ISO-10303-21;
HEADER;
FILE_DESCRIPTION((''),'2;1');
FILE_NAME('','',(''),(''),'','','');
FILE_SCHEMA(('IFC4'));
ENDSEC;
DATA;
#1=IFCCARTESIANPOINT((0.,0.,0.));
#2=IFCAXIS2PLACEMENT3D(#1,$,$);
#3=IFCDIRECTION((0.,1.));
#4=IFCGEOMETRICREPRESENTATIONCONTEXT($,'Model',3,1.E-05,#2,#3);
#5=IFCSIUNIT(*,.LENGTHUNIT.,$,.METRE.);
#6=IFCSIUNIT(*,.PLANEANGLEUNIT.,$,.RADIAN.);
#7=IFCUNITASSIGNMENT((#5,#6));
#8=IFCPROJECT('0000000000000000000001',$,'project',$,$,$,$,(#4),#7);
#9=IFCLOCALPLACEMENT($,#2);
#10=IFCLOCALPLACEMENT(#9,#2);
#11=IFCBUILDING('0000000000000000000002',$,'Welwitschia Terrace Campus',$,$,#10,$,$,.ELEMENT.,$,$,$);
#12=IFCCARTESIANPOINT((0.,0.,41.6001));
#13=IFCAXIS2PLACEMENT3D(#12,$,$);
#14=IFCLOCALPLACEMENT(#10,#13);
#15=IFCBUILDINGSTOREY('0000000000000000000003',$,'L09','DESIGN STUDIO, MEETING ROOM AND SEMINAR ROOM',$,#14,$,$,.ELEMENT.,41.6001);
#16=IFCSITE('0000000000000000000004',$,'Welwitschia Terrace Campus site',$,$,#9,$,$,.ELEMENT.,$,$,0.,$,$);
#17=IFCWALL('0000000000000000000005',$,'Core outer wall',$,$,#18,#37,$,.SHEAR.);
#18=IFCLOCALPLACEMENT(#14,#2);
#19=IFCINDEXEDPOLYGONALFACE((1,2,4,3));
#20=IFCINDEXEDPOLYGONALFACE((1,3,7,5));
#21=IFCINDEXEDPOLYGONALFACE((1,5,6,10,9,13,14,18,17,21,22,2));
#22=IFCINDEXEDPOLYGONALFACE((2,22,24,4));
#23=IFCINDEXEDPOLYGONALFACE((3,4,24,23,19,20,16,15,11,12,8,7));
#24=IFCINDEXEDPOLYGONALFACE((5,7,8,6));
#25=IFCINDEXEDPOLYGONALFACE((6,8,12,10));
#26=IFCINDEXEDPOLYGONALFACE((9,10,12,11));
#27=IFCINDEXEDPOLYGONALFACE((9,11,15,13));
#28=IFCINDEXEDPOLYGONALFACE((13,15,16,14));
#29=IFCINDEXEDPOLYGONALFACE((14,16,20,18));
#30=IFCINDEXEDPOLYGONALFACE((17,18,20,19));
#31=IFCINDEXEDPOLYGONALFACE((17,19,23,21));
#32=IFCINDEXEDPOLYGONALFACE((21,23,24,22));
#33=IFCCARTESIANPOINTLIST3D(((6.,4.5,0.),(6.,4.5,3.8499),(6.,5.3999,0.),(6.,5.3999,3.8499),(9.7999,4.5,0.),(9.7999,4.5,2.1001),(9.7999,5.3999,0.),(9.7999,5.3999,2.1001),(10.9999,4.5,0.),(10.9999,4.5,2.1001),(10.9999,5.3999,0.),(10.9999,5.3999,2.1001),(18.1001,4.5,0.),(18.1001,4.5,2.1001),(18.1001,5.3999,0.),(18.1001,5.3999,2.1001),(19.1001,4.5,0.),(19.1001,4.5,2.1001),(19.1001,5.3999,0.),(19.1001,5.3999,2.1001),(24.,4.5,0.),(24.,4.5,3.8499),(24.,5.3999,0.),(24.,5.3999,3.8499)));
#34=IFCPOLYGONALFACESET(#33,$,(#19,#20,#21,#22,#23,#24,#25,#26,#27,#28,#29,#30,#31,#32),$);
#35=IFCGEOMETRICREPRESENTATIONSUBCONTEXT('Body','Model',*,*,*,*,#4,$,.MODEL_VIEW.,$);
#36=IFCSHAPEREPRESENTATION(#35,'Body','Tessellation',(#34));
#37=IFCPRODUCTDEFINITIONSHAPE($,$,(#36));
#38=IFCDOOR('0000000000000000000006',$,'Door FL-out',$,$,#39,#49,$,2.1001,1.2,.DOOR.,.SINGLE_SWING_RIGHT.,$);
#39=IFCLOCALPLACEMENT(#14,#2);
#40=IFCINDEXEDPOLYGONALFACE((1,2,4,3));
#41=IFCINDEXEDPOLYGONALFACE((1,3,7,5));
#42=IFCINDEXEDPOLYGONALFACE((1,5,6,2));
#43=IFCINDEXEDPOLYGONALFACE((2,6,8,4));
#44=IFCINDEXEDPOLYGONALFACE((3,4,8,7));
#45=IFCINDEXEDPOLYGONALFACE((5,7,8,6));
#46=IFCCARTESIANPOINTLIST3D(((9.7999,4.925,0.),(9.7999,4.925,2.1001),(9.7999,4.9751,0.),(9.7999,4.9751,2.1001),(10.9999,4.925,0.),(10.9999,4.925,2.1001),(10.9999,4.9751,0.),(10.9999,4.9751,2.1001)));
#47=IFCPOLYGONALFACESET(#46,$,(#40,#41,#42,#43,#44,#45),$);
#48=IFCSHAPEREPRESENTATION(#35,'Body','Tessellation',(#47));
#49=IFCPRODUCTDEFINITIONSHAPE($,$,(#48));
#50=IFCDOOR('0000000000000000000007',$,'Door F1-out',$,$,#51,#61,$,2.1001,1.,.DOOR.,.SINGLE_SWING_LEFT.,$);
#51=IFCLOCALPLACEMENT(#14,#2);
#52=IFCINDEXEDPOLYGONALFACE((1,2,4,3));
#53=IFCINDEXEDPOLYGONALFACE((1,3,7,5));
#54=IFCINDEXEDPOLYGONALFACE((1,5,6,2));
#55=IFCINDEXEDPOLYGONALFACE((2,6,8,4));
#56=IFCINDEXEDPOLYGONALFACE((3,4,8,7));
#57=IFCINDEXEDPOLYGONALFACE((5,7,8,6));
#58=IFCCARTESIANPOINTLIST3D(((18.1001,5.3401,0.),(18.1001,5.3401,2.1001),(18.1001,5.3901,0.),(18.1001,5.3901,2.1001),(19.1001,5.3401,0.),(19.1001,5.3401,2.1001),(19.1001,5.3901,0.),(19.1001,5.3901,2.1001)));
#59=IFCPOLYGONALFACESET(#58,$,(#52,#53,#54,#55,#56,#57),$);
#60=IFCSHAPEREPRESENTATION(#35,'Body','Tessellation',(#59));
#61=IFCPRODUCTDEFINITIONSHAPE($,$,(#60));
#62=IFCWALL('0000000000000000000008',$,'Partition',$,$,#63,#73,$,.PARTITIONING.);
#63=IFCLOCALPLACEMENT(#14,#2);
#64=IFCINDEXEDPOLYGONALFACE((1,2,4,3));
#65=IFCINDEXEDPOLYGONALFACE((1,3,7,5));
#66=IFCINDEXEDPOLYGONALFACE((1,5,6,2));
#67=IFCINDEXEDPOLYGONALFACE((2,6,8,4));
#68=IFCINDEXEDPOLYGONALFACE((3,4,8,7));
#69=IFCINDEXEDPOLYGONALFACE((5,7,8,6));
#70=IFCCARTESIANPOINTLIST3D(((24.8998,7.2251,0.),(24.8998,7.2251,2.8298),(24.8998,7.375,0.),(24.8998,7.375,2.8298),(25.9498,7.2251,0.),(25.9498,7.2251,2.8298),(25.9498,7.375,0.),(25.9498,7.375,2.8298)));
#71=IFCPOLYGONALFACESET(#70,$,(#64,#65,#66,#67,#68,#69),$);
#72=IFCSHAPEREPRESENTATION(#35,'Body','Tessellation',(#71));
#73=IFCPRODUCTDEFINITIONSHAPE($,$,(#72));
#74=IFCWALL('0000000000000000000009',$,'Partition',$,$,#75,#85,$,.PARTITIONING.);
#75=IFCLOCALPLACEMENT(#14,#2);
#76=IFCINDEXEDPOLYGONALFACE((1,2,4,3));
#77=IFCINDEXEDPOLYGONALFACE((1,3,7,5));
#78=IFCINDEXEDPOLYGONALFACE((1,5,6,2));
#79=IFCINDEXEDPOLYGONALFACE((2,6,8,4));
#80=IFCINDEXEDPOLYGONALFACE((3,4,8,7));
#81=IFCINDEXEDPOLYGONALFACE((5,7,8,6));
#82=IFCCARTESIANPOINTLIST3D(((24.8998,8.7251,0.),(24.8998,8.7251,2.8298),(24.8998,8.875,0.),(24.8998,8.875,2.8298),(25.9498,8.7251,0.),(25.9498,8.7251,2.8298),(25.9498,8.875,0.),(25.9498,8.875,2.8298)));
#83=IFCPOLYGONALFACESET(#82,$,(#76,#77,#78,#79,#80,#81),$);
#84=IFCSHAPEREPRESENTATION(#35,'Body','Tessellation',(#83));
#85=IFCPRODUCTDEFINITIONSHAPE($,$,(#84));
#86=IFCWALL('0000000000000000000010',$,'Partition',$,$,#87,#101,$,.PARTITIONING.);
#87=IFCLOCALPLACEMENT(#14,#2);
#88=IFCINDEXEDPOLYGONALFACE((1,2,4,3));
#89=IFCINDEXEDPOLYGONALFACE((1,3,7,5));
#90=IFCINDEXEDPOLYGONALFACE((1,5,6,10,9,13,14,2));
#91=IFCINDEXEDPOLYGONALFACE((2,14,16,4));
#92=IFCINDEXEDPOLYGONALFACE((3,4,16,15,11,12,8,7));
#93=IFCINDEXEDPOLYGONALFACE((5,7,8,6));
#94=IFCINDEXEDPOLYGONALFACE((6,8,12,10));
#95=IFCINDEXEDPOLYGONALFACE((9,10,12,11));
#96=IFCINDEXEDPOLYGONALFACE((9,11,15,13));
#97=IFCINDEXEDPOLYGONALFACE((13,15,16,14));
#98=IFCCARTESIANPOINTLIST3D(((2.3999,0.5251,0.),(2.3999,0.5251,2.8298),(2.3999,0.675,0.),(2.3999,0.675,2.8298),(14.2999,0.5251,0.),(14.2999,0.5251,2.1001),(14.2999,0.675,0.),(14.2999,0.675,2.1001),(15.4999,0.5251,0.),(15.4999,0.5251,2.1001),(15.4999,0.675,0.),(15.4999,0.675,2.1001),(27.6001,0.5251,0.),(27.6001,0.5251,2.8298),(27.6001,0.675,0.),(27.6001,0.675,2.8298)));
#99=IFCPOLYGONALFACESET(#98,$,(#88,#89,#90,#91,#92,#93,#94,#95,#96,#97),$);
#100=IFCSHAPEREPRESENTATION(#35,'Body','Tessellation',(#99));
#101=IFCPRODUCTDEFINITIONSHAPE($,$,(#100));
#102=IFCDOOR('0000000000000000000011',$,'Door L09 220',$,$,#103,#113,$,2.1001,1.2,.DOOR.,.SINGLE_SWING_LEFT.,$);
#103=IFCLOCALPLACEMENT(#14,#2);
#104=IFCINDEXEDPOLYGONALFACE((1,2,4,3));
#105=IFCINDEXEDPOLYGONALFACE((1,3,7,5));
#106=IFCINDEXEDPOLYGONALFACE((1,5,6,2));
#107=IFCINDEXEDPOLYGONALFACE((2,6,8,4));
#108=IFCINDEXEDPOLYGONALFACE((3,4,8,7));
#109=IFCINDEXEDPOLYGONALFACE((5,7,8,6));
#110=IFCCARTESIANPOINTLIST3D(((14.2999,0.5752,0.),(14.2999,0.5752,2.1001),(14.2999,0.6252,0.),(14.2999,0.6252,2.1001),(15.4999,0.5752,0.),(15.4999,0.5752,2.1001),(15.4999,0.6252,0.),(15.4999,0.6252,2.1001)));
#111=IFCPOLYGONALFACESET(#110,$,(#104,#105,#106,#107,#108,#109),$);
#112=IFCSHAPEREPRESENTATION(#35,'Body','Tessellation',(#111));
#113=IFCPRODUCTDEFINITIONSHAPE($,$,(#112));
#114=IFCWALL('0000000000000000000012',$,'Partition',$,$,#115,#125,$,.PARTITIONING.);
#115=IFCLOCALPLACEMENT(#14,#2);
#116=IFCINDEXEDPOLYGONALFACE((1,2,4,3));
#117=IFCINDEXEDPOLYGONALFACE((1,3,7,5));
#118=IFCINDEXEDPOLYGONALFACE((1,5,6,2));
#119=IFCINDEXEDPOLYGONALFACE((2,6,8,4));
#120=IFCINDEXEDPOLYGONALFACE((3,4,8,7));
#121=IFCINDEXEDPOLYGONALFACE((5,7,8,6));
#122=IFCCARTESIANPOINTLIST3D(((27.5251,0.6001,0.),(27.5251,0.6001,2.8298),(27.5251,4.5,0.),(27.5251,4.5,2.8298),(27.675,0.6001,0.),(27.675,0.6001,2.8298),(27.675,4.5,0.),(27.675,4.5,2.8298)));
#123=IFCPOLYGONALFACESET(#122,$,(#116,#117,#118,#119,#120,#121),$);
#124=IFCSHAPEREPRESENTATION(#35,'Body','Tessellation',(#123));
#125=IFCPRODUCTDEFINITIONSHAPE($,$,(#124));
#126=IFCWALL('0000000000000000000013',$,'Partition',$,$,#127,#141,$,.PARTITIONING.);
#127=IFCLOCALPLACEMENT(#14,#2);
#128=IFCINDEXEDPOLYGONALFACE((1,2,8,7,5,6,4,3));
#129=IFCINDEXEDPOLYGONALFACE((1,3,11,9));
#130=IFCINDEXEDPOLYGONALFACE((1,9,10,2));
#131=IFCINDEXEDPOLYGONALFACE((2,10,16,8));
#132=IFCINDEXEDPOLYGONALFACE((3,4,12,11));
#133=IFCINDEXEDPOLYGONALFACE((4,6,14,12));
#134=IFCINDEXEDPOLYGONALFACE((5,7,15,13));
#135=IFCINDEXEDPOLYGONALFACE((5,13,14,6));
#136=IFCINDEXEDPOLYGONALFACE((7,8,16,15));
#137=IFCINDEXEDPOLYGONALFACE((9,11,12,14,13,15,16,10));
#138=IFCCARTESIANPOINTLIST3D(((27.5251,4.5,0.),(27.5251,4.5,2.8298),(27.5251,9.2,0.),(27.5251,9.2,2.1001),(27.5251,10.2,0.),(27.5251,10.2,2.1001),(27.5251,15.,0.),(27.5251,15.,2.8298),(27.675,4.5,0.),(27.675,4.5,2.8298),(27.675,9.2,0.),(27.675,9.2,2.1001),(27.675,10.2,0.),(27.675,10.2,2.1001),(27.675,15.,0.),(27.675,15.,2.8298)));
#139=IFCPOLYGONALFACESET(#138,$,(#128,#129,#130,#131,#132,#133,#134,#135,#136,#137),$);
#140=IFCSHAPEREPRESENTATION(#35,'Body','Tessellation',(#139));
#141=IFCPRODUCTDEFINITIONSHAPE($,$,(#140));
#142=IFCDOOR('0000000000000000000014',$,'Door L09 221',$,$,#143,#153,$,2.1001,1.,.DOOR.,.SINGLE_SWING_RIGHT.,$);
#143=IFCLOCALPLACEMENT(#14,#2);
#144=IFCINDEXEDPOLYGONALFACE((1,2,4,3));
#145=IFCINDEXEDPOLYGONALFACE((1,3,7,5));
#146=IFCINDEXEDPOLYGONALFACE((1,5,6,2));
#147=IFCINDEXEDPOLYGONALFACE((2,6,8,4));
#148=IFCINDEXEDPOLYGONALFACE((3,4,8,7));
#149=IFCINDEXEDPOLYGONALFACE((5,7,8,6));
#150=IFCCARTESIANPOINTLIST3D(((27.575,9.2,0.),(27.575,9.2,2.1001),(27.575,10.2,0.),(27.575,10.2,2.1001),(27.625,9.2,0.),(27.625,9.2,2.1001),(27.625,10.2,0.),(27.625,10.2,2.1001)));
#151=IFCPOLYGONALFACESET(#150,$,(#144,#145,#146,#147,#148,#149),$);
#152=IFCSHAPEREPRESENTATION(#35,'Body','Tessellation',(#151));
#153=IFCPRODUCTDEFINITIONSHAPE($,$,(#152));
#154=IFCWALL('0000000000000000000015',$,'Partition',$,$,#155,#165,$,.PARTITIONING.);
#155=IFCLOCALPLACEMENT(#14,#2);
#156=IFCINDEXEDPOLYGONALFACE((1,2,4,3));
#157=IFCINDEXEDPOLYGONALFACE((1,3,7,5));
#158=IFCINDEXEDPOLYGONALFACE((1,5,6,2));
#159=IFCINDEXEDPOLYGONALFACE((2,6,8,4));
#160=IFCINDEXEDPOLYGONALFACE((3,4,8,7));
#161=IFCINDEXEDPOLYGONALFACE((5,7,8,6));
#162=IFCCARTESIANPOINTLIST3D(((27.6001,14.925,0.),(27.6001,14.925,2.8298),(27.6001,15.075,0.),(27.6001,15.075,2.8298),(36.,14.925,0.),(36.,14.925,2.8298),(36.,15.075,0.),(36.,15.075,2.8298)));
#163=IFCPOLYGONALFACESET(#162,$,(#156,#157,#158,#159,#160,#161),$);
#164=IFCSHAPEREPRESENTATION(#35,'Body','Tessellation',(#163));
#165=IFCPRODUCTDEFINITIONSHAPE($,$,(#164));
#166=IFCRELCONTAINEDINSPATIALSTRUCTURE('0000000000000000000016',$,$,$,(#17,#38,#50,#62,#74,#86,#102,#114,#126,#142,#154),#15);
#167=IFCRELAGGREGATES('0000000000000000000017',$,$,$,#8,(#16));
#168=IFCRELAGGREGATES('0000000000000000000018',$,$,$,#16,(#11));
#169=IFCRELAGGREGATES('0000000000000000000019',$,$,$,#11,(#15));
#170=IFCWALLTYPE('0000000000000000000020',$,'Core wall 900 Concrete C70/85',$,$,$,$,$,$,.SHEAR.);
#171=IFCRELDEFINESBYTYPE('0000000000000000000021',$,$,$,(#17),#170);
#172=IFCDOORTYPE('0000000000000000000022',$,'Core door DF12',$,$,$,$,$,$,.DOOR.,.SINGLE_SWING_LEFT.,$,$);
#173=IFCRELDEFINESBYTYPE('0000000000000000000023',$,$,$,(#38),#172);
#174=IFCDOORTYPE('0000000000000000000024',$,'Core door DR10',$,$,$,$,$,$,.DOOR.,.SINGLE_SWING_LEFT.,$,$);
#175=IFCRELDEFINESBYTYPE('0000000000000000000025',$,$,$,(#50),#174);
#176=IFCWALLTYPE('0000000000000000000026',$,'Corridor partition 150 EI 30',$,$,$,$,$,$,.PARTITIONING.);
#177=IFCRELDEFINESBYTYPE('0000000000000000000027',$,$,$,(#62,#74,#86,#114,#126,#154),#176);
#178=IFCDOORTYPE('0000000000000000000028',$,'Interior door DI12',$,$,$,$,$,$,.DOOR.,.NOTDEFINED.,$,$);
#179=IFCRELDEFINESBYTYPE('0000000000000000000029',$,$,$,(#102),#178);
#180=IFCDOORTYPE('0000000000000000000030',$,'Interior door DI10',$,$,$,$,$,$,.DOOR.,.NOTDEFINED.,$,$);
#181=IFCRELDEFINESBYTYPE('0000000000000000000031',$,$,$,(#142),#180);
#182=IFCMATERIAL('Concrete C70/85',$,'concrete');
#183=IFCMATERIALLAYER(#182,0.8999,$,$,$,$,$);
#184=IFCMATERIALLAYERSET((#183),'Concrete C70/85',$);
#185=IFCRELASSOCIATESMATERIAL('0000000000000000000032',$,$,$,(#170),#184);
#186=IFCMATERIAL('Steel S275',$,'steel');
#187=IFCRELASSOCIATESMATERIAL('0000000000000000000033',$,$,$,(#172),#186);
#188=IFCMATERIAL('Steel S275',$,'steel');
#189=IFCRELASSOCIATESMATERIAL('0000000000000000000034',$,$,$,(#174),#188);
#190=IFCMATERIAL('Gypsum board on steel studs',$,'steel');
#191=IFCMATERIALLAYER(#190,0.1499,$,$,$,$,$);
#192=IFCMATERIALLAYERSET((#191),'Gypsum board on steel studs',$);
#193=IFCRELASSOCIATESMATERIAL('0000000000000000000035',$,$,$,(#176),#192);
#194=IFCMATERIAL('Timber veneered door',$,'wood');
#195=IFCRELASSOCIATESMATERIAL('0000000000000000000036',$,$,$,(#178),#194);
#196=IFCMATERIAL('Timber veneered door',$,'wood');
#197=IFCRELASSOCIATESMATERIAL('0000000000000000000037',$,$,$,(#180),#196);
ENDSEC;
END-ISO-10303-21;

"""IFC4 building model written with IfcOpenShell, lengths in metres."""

from ifc_helpers import new_model, si_unit, direction, frame, frame_2d, origin, place, context, subcontext, project, spatial, rectangle, extrude, material, layer, layer_set, type_object, element, fill, save


model = new_model("IFC4")

# Units and contexts
model_context = context("Model", 3, precision=1e-05, world=origin(), true_north=direction((0.0, 1.0)))
body_context = subcontext(model_context, "Body", "Model", "MODEL_VIEW")
ifc_project = project(units=[si_unit("LENGTHUNIT", "METRE"), si_unit("PLANEANGLEUNIT", "RADIAN")], contexts=[model_context])

# Site, building, storey
site_placement = place(None, origin())
site = spatial("IfcSite", under=ifc_project, at=site_placement, Name="Welwitschia Terrace Campus site", CompositionType="ELEMENT", RefElevation=0.0)
building_placement = place(site_placement, origin())
building = spatial("IfcBuilding", under=site, at=building_placement, Name="Welwitschia Terrace Campus", CompositionType="ELEMENT")
storey_placement = place(building_placement, frame((0.0, 0.0, 41.6001)))
storey = spatial("IfcBuildingStorey", under=building, at=storey_placement, Name="L09", Description="DESIGN STUDIO, MEETING ROOM AND SEMINAR ROOM", CompositionType="ELEMENT", Elevation=41.6001)

# Wall, openings, doors
ifc_material_1 = material(Name="Concrete C70/85", Category="concrete")
ifc_layer_1 = layer(ifc_material_1, 0.8999)
ifc_layer_set_1 = layer_set([ifc_layer_1], Name="Concrete C70/85")
wall_type_1 = type_object("IfcWallType", Name="Core wall 900 Concrete C70/85", PredefinedType="SHEAR", material=ifc_layer_set_1)
wall_1_placement = place(storey_placement, frame((24.0, 4.95, 0.0), z_axis=(0.0, 0.0, 1.0), x_axis=(-1.0, 0.0, 0.0)))
wall_1 = element("IfcWall", 1, at=wall_1_placement, inside=storey, type_object=wall_type_1, Name="Core outer wall", PredefinedType="SHEAR", context=body_context, shape_type="SweptSolid", body=[
    extrude(rectangle(XDim=18.0, YDim=0.8999, at=frame_2d((9.0, 0.0))), origin(), (0.0, 0.0, 1.0), 3.8499),
])
opening_1_placement = place(wall_1_placement, frame((13.0, 0.0, 0.0)))
opening_1 = element("IfcOpeningElement", 2, at=opening_1_placement, cuts=wall_1, PredefinedType="OPENING", context=body_context, shape_type="SweptSolid", body=[
    extrude(rectangle(XDim=1.2, YDim=2.1001, at=frame_2d((0.6001, 1.05))), frame((0.0, 0.46, 0.0), z_axis=(0.0, -1.0, 0.0), x_axis=(1.0, 0.0, 0.0)), (0.0, 0.0, 1.0), 0.9199),
])
opening_2_placement = place(wall_1_placement, frame((4.8999, 0.0, 0.0)))
opening_2 = element("IfcOpeningElement", 3, at=opening_2_placement, cuts=wall_1, PredefinedType="OPENING", context=body_context, shape_type="SweptSolid", body=[
    extrude(rectangle(XDim=1.0, YDim=2.1001, at=frame_2d((0.5, 1.05))), frame((0.0, 0.46, 0.0), z_axis=(0.0, -1.0, 0.0), x_axis=(1.0, 0.0, 0.0)), (0.0, 0.0, 1.0), 0.9199),
])
ifc_material_2 = material(Name="Steel S275", Category="steel")
door_type_1 = type_object("IfcDoorType", Name="Core door DF12", OperationType="SINGLE_SWING_LEFT", PredefinedType="DOOR", material=ifc_material_2)
door_1_placement = place(opening_1_placement, origin())
door_1 = element("IfcDoor", 4, at=door_1_placement, inside=storey, type_object=door_type_1, Name="Door FL-out", OperationType="SINGLE_SWING_RIGHT", OverallHeight=2.1001, OverallWidth=1.2, PredefinedType="DOOR", context=body_context, shape_type="SweptSolid", body=[
    extrude(rectangle(XDim=1.2, YDim=2.1001, at=frame_2d((0.6001, 1.05))), frame((0.0, 0.0249, 0.0), z_axis=(0.0, -1.0, 0.0), x_axis=(1.0, 0.0, 0.0)), (0.0, 0.0, 1.0), 0.05),
])
fill(opening_1, door_1)
ifc_material_3 = material(Name="Steel S275", Category="steel")
door_type_2 = type_object("IfcDoorType", Name="Core door DR10", OperationType="SINGLE_SWING_LEFT", PredefinedType="DOOR", material=ifc_material_3)
door_2_placement = place(opening_2_placement, origin())
door_2 = element("IfcDoor", 5, at=door_2_placement, inside=storey, type_object=door_type_2, Name="Door F1-out", OperationType="SINGLE_SWING_LEFT", OverallHeight=2.1001, OverallWidth=1.0, PredefinedType="DOOR", context=body_context, shape_type="SweptSolid", body=[
    extrude(rectangle(XDim=1.0, YDim=2.1001, at=frame_2d((0.5, 1.05))), frame((0.0, -0.3901, 0.0), z_axis=(0.0, -1.0, 0.0), x_axis=(1.0, 0.0, 0.0)), (0.0, 0.0, 1.0), 0.05),
])
fill(opening_2, door_2)

# Walls
ifc_material_4 = material(Name="Gypsum board on steel studs", Category="steel")
ifc_layer_2 = layer(ifc_material_4, 0.1499)
ifc_layer_set_2 = layer_set([ifc_layer_2], Name="Gypsum board on steel studs")
wall_type_2 = type_object("IfcWallType", Name="Corridor partition 150 EI 30", PredefinedType="PARTITIONING", material=ifc_layer_set_2)
for number, where, z_axis, x_axis, name in (
    (6, (24.8999, 7.3, 0.0), (0.0, 0.0, 1.0), (1.0, 0.0, 0.0), "Partition"),
    (7, (24.8999, 8.8, 0.0), (0.0, 0.0, 1.0), (1.0, 0.0, 0.0), "Partition"),
):
    element("IfcWall", number, at=place(storey_placement, frame(where, z_axis=z_axis, x_axis=x_axis)), inside=storey, type_object=wall_type_2, Name=name, PredefinedType="PARTITIONING", context=body_context, shape_type="SweptSolid", body=[
        extrude(rectangle(XDim=1.05, YDim=0.1499, at=frame_2d((0.5249, 0.0))), origin(), (0.0, 0.0, 1.0), 2.8298),
    ])

# Wall, opening, door
wall_2_placement = place(storey_placement, frame((27.6001, 0.6001, 0.0), z_axis=(0.0, 0.0, 1.0), x_axis=(-1.0, 0.0, 0.0)))
wall_2 = element("IfcWall", 8, at=wall_2_placement, inside=storey, type_object=wall_type_2, Name="Partition", PredefinedType="PARTITIONING", context=body_context, shape_type="SweptSolid", body=[
    extrude(rectangle(XDim=25.2002, YDim=0.1499, at=frame_2d((12.6001, 0.0))), origin(), (0.0, 0.0, 1.0), 2.8298),
])
opening_3_placement = place(wall_2_placement, frame((12.1001, 0.0, 0.0)))
opening_3 = element("IfcOpeningElement", 9, at=opening_3_placement, cuts=wall_2, PredefinedType="OPENING", context=body_context, shape_type="SweptSolid", body=[
    extrude(rectangle(XDim=1.2, YDim=2.1001, at=frame_2d((0.6001, 1.05))), frame((0.0, 0.085, 0.0), z_axis=(0.0, -1.0, 0.0), x_axis=(1.0, 0.0, 0.0)), (0.0, 0.0, 1.0), 0.1699),
])
ifc_material_5 = material(Name="Timber veneered door", Category="wood")
door_type_3 = type_object("IfcDoorType", Name="Interior door DI12", OperationType="NOTDEFINED", PredefinedType="DOOR", material=ifc_material_5)
door_3_placement = place(opening_3_placement, origin())
door_3 = element("IfcDoor", 10, at=door_3_placement, inside=storey, type_object=door_type_3, Name="Door L09 220", OperationType="SINGLE_SWING_LEFT", OverallHeight=2.1001, OverallWidth=1.2, PredefinedType="DOOR", context=body_context, shape_type="SweptSolid", body=[
    extrude(rectangle(XDim=1.2, YDim=2.1001, at=frame_2d((0.6001, 1.05))), frame((0.0, 0.0249, 0.0), z_axis=(0.0, -1.0, 0.0), x_axis=(1.0, 0.0, 0.0)), (0.0, 0.0, 1.0), 0.05),
])
fill(opening_3, door_3)

# Wall
wall_3_placement = place(storey_placement, frame((27.6001, 0.6001, 0.0), z_axis=(0.0, 0.0, 1.0), x_axis=(0.0, 1.0, 0.0)))
element("IfcWall", 11, at=wall_3_placement, inside=storey, type_object=wall_type_2, Name="Partition", PredefinedType="PARTITIONING", context=body_context, shape_type="SweptSolid", body=[
    extrude(rectangle(XDim=3.8999, YDim=0.1499, at=frame_2d((1.95, 0.0))), origin(), (0.0, 0.0, 1.0), 2.8298),
])

# Wall, opening, door
wall_4_placement = place(storey_placement, frame((27.6001, 15.0, 0.0), z_axis=(0.0, 0.0, 1.0), x_axis=(0.0, -1.0, 0.0)))
wall_4 = element("IfcWall", 12, at=wall_4_placement, inside=storey, type_object=wall_type_2, Name="Partition", PredefinedType="PARTITIONING", context=body_context, shape_type="SweptSolid", body=[
    extrude(rectangle(XDim=10.5, YDim=0.1499, at=frame_2d((5.25, 0.0))), origin(), (0.0, 0.0, 1.0), 2.8298),
])
opening_4_placement = place(wall_4_placement, frame((4.8, 0.0, 0.0)))
opening_4 = element("IfcOpeningElement", 13, at=opening_4_placement, cuts=wall_4, PredefinedType="OPENING", context=body_context, shape_type="SweptSolid", body=[
    extrude(rectangle(XDim=1.0, YDim=2.1001, at=frame_2d((0.5, 1.05))), frame((0.0, 0.085, 0.0), z_axis=(0.0, -1.0, 0.0), x_axis=(1.0, 0.0, 0.0)), (0.0, 0.0, 1.0), 0.1699),
])
ifc_material_6 = material(Name="Timber veneered door", Category="wood")
door_type_4 = type_object("IfcDoorType", Name="Interior door DI10", OperationType="NOTDEFINED", PredefinedType="DOOR", material=ifc_material_6)
door_4_placement = place(opening_4_placement, origin())
door_4 = element("IfcDoor", 14, at=door_4_placement, inside=storey, type_object=door_type_4, Name="Door L09 221", OperationType="SINGLE_SWING_RIGHT", OverallHeight=2.1001, OverallWidth=1.0, PredefinedType="DOOR", context=body_context, shape_type="SweptSolid", body=[
    extrude(rectangle(XDim=1.0, YDim=2.1001, at=frame_2d((0.5, 1.05))), frame((0.0, 0.0249, 0.0), z_axis=(0.0, -1.0, 0.0), x_axis=(1.0, 0.0, 0.0)), (0.0, 0.0, 1.0), 0.05),
])
fill(opening_4, door_4)

# Wall
wall_5_placement = place(storey_placement, frame((27.6001, 15.0, 0.0), z_axis=(0.0, 0.0, 1.0), x_axis=(1.0, 0.0, 0.0)))
element("IfcWall", 15, at=wall_5_placement, inside=storey, type_object=wall_type_2, Name="Partition", PredefinedType="PARTITIONING", context=body_context, shape_type="SweptSolid", body=[
    extrude(rectangle(XDim=8.3999, YDim=0.1499, at=frame_2d((4.2, 0.0))), origin(), (0.0, 0.0, 1.0), 2.8298),
])

save(model, "model.ifc")
